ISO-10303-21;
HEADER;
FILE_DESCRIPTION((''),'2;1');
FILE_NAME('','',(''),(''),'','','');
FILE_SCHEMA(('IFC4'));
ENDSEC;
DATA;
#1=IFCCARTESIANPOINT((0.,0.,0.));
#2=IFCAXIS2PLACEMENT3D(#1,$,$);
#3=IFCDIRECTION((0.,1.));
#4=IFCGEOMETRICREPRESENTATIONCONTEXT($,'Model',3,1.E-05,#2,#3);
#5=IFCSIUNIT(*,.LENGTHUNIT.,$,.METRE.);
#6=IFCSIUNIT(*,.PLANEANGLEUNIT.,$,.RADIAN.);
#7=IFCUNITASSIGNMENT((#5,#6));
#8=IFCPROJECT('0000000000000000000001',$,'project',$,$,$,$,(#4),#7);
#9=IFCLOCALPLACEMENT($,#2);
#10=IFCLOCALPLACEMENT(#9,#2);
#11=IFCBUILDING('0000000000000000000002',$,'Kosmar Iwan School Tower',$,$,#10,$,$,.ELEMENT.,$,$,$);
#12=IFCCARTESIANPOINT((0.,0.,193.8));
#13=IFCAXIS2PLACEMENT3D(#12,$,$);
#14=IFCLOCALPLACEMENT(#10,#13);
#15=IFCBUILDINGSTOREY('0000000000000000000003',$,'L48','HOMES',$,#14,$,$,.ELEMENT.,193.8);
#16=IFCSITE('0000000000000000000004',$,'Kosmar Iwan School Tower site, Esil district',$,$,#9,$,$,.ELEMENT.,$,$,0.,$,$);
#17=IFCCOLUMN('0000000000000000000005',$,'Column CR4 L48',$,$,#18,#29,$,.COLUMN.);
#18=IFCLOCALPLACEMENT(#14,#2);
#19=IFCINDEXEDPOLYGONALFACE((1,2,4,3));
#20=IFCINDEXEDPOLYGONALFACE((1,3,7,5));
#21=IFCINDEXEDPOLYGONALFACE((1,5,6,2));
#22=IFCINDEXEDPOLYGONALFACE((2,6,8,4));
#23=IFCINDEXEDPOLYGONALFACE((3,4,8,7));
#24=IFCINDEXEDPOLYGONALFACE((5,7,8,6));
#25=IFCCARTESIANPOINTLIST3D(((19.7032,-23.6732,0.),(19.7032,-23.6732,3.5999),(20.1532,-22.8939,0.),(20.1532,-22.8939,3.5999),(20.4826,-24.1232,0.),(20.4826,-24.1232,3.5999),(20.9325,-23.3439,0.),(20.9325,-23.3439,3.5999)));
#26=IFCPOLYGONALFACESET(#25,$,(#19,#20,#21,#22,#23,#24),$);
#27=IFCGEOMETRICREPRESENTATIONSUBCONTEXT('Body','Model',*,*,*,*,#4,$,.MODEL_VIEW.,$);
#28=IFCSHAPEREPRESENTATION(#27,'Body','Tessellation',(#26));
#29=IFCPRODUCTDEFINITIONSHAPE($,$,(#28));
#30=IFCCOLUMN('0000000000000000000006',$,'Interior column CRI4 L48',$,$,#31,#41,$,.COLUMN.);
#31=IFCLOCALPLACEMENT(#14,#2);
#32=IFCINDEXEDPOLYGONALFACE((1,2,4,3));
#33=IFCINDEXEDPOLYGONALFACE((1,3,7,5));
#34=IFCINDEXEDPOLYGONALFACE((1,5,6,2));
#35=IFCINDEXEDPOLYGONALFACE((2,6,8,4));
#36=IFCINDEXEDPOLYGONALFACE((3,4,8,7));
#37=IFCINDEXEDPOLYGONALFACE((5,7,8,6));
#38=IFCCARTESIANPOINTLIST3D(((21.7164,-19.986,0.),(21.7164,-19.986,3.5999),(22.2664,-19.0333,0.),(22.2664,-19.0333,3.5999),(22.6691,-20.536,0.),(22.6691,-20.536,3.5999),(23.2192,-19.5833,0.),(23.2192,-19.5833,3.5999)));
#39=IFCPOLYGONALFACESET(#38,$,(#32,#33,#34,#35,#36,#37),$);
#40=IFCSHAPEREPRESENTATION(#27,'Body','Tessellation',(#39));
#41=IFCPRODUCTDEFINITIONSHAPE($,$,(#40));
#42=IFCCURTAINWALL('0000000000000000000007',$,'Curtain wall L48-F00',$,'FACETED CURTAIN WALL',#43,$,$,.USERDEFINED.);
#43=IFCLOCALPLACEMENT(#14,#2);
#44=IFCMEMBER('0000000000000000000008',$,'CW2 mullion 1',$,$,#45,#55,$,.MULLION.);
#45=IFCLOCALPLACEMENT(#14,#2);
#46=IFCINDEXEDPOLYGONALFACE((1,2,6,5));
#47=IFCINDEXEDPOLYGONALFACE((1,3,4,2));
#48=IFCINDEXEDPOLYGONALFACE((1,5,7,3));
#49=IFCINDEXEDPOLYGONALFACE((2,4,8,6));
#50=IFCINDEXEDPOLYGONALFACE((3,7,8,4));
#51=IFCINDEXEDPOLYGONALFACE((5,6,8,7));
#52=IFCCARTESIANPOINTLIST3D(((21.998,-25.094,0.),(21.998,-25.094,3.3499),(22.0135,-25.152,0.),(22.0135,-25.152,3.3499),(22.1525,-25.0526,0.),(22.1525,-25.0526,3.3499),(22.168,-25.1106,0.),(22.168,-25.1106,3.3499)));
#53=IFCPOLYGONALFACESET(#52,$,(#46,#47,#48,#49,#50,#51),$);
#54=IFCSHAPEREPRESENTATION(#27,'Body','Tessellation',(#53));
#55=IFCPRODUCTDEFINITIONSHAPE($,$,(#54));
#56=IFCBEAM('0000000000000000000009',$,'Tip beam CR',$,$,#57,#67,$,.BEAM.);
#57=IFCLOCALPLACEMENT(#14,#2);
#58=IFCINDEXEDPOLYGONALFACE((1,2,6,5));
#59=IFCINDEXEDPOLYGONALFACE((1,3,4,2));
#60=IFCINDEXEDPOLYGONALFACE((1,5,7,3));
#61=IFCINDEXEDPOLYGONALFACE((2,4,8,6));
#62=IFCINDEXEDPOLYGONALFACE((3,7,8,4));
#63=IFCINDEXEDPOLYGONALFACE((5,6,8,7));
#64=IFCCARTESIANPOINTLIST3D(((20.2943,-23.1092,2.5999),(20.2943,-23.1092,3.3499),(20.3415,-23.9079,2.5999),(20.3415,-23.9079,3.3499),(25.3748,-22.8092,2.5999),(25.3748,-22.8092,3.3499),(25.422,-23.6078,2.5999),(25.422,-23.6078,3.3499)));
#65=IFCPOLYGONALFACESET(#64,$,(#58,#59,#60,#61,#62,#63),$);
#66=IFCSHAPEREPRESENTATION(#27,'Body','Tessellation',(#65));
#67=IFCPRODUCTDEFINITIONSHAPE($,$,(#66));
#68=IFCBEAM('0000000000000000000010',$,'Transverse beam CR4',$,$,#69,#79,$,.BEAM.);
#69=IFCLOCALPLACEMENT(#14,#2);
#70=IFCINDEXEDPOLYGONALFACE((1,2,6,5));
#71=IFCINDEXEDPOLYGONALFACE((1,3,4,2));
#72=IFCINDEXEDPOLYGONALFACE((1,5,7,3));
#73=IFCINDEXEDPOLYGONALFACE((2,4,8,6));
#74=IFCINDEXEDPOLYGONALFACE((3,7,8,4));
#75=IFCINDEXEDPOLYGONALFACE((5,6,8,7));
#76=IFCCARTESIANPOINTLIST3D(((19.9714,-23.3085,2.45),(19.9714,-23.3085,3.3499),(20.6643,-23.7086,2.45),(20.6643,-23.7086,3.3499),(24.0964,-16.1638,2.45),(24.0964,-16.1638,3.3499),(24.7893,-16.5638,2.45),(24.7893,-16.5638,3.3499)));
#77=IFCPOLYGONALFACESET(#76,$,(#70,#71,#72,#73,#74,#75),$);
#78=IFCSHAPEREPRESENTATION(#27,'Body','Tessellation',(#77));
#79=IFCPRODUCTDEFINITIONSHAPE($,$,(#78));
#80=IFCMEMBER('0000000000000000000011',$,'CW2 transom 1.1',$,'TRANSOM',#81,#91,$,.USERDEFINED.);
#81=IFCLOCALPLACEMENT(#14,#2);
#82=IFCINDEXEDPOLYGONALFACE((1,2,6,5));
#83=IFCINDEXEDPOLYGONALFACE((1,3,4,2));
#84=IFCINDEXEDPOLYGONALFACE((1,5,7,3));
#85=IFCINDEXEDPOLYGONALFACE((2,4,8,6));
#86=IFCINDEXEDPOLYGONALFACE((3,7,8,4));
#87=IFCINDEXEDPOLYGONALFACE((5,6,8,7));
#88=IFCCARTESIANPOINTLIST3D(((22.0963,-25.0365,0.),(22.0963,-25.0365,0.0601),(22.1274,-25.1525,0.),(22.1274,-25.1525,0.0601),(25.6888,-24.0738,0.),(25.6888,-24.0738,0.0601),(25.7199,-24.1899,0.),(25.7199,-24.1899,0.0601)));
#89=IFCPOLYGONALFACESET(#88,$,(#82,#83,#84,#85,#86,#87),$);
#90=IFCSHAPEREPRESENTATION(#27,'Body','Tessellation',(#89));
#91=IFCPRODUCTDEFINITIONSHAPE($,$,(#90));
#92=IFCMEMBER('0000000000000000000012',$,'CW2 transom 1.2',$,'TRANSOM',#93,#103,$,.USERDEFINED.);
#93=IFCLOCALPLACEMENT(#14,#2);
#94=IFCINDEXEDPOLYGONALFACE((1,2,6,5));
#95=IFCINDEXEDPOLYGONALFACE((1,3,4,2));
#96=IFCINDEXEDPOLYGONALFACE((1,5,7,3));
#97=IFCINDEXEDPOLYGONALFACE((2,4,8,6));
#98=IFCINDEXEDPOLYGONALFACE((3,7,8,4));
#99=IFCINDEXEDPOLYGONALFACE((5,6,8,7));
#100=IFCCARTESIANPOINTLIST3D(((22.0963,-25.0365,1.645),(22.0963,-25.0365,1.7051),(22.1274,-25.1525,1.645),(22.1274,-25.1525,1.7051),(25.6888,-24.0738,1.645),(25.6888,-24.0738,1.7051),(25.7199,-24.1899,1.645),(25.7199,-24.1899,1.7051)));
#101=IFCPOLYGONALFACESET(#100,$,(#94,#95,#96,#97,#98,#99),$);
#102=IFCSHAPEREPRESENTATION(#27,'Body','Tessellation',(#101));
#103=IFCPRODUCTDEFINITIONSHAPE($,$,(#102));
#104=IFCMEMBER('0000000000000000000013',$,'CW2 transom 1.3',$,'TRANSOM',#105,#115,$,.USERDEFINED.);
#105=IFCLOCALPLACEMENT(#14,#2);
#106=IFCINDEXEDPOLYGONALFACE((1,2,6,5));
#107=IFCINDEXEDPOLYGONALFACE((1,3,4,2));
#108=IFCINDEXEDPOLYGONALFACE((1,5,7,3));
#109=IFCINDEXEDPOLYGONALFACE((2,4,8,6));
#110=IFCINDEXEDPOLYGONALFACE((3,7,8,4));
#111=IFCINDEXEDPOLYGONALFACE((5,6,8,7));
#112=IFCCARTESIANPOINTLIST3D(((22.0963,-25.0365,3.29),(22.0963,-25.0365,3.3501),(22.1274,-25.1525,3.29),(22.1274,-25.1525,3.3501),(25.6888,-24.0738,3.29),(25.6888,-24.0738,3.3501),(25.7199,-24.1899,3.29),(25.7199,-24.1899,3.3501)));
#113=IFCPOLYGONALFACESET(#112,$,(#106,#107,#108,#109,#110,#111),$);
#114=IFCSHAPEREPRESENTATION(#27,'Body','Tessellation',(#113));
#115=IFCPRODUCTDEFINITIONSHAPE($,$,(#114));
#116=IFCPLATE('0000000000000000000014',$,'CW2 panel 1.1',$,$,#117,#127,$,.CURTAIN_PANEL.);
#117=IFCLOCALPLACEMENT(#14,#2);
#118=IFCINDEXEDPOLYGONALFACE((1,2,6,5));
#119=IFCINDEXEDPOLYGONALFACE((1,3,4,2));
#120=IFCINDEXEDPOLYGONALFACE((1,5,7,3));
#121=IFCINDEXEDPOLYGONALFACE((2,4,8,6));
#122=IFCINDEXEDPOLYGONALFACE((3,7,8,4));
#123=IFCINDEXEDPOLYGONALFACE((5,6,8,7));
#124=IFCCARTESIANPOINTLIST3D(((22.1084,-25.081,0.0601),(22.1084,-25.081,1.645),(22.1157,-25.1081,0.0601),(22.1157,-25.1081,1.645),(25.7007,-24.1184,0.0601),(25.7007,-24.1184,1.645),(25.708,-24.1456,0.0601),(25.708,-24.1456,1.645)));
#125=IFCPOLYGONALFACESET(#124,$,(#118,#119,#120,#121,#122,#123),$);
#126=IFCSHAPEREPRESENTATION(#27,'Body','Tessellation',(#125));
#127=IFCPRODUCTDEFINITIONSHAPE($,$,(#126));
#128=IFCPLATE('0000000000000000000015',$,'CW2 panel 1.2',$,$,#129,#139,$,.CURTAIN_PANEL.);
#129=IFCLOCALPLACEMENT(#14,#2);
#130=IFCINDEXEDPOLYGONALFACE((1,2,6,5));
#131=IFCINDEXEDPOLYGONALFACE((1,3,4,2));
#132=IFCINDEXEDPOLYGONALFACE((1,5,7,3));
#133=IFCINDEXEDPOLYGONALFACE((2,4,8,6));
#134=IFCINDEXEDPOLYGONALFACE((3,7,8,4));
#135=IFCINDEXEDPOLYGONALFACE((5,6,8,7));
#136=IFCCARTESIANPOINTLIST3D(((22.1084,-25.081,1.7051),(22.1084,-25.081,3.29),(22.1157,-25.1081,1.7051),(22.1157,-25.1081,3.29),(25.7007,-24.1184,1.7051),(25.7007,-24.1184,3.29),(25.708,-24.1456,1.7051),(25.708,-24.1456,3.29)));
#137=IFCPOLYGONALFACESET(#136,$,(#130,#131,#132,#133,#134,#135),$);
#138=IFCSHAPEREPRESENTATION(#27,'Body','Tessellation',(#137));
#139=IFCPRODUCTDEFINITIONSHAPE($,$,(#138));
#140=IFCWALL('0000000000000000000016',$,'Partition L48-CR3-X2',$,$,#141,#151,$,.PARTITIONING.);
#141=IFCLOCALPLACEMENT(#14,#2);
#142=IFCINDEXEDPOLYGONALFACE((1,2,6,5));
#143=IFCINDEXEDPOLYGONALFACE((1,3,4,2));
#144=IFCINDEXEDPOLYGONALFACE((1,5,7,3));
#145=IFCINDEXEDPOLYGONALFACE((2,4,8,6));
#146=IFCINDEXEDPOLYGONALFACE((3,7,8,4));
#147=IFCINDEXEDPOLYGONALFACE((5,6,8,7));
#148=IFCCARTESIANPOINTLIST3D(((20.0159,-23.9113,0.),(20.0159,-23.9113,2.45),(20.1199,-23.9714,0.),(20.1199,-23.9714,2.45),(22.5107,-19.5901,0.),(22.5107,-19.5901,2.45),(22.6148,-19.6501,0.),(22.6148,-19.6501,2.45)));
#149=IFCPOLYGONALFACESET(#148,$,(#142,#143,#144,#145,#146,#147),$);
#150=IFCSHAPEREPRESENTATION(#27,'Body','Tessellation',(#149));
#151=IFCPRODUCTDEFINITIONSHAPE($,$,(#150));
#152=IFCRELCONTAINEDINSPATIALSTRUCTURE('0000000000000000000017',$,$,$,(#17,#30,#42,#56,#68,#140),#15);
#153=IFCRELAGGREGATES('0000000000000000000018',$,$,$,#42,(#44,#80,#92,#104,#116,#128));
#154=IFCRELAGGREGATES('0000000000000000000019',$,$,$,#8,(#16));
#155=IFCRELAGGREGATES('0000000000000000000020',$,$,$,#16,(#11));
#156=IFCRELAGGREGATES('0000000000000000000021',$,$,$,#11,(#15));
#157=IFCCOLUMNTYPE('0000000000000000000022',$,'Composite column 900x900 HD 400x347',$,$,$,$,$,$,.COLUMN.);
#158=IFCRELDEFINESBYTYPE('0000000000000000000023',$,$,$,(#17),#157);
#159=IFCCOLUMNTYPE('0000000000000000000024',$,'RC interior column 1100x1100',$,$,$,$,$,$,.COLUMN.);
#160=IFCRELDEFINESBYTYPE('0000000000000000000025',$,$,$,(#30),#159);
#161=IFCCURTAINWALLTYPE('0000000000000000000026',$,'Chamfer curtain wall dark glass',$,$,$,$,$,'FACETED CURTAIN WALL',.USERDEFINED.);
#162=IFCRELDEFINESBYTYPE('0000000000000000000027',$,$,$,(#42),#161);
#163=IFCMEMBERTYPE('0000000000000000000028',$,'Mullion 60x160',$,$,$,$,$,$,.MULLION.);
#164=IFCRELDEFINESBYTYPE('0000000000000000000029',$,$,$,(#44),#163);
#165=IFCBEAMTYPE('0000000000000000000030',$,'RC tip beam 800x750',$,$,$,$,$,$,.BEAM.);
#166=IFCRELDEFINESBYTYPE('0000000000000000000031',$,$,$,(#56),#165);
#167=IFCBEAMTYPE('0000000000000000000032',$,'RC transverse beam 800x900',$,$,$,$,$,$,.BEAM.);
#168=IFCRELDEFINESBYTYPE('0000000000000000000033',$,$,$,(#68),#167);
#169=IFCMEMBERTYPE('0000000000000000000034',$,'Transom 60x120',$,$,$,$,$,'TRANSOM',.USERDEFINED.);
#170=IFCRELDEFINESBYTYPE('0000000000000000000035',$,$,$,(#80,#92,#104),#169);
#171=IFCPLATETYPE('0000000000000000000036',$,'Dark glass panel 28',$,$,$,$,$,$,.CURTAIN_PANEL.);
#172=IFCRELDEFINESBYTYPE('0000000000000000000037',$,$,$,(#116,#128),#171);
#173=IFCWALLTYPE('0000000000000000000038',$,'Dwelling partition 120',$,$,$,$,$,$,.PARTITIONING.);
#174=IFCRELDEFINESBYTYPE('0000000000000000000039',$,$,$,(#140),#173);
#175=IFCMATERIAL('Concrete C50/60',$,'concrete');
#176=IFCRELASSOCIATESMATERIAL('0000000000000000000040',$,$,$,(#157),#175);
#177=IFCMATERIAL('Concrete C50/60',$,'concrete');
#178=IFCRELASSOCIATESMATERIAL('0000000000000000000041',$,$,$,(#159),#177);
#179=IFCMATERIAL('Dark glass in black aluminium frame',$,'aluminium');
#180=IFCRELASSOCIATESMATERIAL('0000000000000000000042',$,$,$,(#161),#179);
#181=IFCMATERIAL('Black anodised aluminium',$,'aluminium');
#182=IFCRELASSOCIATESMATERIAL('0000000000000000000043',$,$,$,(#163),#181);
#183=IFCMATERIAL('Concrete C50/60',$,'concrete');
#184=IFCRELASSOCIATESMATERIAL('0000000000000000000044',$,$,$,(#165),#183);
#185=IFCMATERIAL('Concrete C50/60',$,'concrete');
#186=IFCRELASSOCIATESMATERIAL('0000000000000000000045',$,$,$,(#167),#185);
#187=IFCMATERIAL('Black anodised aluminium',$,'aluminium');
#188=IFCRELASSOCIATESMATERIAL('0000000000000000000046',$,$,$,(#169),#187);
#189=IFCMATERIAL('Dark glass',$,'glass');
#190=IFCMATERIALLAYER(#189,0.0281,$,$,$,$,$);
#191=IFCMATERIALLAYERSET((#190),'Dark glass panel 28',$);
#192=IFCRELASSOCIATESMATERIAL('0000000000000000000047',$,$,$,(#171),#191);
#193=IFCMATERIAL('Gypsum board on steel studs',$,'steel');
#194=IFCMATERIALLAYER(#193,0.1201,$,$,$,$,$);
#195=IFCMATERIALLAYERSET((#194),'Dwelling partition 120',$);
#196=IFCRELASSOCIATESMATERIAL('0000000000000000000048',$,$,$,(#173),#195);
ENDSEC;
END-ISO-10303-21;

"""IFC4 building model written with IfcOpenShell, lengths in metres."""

from ifc_helpers import new_model, si_unit, direction, frame, frame_2d, origin, origin_2d, place, context, subcontext, project, spatial, rectangle, extrude, material, layer, layer_set, material_profile, profile_set, type_object, element, aggregate, save


model = new_model("IFC4")

# Units and contexts
model_context = context("Model", 3, precision=1e-05, world=origin(), true_north=direction((0.0, 1.0)))
body_context = subcontext(model_context, "Body", "Model", "MODEL_VIEW")
ifc_project = project(units=[si_unit("LENGTHUNIT", "METRE"), si_unit("PLANEANGLEUNIT", "RADIAN")], contexts=[model_context])

# Site, building, storey
site_placement = place(None, origin())
site = spatial("IfcSite", under=ifc_project, at=site_placement, Name="Kosmar Iwan School Tower site, Esil district", CompositionType="ELEMENT", RefElevation=0.0)
building_placement = place(site_placement, origin())
building = spatial("IfcBuilding", under=site, at=building_placement, Name="Kosmar Iwan School Tower", CompositionType="ELEMENT")
storey_placement = place(building_placement, frame((0.0, 0.0, 193.8)))
storey = spatial("IfcBuildingStorey", under=building, at=storey_placement, Name="L48", Description="HOMES", CompositionType="ELEMENT", Elevation=193.8)

# Columns
ifc_material_1 = material(Name="Concrete C50/60", Category="concrete")
ifc_material_profile_1 = material_profile(ifc_material_1, rectangle(XDim=0.8999, YDim=0.8999, at=origin_2d()), Name="RC 900x900 + HD 400x347")
ifc_profile_set_1 = profile_set([ifc_material_profile_1], Name="Concrete C50/60")
column_type_1 = type_object("IfcColumnType", Name="Composite column 900x900 HD 400x347", PredefinedType="COLUMN", material=ifc_profile_set_1)
column_1_placement = place(storey_placement, frame((20.3179, -23.5085, 0.0), z_axis=(0.0, 0.0, 1.0), x_axis=(0.866025, -0.5, 0.0)))
element("IfcColumn", 1, at=column_1_placement, inside=storey, type_object=column_type_1, Name="Column CR4 L48", PredefinedType="COLUMN", context=body_context, shape_type="SweptSolid", body=[
    extrude(rectangle(XDim=0.8999, YDim=0.8999, at=origin_2d()), origin(), (0.0, 0.0, 1.0), 3.5999),
])
ifc_material_2 = material(Name="Concrete C50/60", Category="concrete")
ifc_material_profile_2 = material_profile(ifc_material_2, rectangle(XDim=1.1001, YDim=1.1001, at=origin_2d()), Name="RC 1100x1100")
ifc_profile_set_2 = profile_set([ifc_material_profile_2], Name="Concrete C50/60")
column_type_2 = type_object("IfcColumnType", Name="RC interior column 1100x1100", PredefinedType="COLUMN", material=ifc_profile_set_2)
column_2_placement = place(storey_placement, frame((22.4678, -19.7847, 0.0), z_axis=(0.0, 0.0, 1.0), x_axis=(0.866025, -0.5, 0.0)))
element("IfcColumn", 2, at=column_2_placement, inside=storey, type_object=column_type_2, Name="Interior column CRI4 L48", PredefinedType="COLUMN", context=body_context, shape_type="SweptSolid", body=[
    extrude(rectangle(XDim=1.1001, YDim=1.1001, at=origin_2d()), origin(), (0.0, 0.0, 1.0), 3.5999),
])

# Curtain wall, member
ifc_material_3 = material(Name="Dark glass in black aluminium frame", Category="aluminium")
curtain_wall_type = type_object("IfcCurtainWallType", Name="Chamfer curtain wall dark glass", ElementType="FACETED CURTAIN WALL", PredefinedType="USERDEFINED", material=ifc_material_3)
curtain_wall_placement = place(storey_placement, origin())
curtain_wall = element("IfcCurtainWall", 3, at=curtain_wall_placement, inside=storey, type_object=curtain_wall_type, Name="Curtain wall L48-F00", ObjectType="FACETED CURTAIN WALL", PredefinedType="USERDEFINED")
ifc_material_4 = material(Name="Black anodised aluminium", Category="aluminium")
ifc_material_profile_3 = material_profile(ifc_material_4, rectangle(XDim=0.0601, YDim=0.1599, at=origin_2d()), Name="MULLION 60x160")
ifc_profile_set_3 = profile_set([ifc_material_profile_3], Name="Black anodised aluminium")
member_type_1 = type_object("IfcMemberType", Name="Mullion 60x160", PredefinedType="MULLION", material=ifc_profile_set_3)
member_1_placement = place(storey_placement, frame((22.083, -25.1023, 0.0), z_axis=(0.0, 0.0, 1.0), x_axis=(-0.258819, 0.965926, 0.0)))
member_1 = element("IfcMember", 4, at=member_1_placement, type_object=member_type_1, Name="CW2 mullion 1", PredefinedType="MULLION", context=body_context, shape_type="SweptSolid", body=[
    extrude(rectangle(XDim=0.0601, YDim=0.1599, at=origin_2d()), origin(), (0.0, 0.0, 1.0), 3.3499),
])

# Beams
ifc_material_5 = material(Name="Concrete C50/60", Category="concrete")
ifc_material_profile_4 = material_profile(ifc_material_5, rectangle(XDim=0.8, YDim=0.75, at=origin_2d()), Name="RC 800x750")
ifc_profile_set_4 = profile_set([ifc_material_profile_4], Name="Concrete C50/60")
beam_type_1 = type_object("IfcBeamType", Name="RC tip beam 800x750", PredefinedType="BEAM", material=ifc_profile_set_4)
beam_1_placement = place(storey_placement, frame((20.3179, -23.5085, 2.9749), z_axis=(0.998261, 0.058955, 0.0), x_axis=(-0.058955, 0.998261, 0.0)))
element("IfcBeam", 5, at=beam_1_placement, inside=storey, type_object=beam_type_1, Name="Tip beam CR", PredefinedType="BEAM", context=body_context, shape_type="SweptSolid", body=[
    extrude(rectangle(XDim=0.8, YDim=0.75, at=origin_2d()), origin(), (0.0, 0.0, 1.0), 5.0894),
])
ifc_material_6 = material(Name="Concrete C50/60", Category="concrete")
ifc_material_profile_5 = material_profile(ifc_material_6, rectangle(XDim=0.8, YDim=0.8999, at=origin_2d()), Name="RC 800x900")
ifc_profile_set_5 = profile_set([ifc_material_profile_5], Name="Concrete C50/60")
beam_type_2 = type_object("IfcBeamType", Name="RC transverse beam 800x900", PredefinedType="BEAM", material=ifc_profile_set_5)
beam_2_placement = place(storey_placement, frame((20.3179, -23.5085, 2.8999), z_axis=(0.499997, 0.866027, 0.0), x_axis=(-0.866027, 0.499997, 0.0)))
element("IfcBeam", 6, at=beam_2_placement, inside=storey, type_object=beam_type_2, Name="Transverse beam CR4", PredefinedType="BEAM", context=body_context, shape_type="SweptSolid", body=[
    extrude(rectangle(XDim=0.8, YDim=0.8999, at=origin_2d()), origin(), (0.0, 0.0, 1.0), 8.25),
])

# Members
ifc_material_7 = material(Name="Black anodised aluminium", Category="aluminium")
ifc_material_profile_6 = material_profile(ifc_material_7, rectangle(XDim=0.1201, YDim=0.0601, at=origin_2d()), Name="TRANSOM 60x120")
ifc_profile_set_6 = profile_set([ifc_material_profile_6], Name="Black anodised aluminium")
member_type_2 = type_object("IfcMemberType", Name="Transom 60x120", ElementType="TRANSOM", PredefinedType="USERDEFINED", material=ifc_profile_set_6)
member_2_placement = place(storey_placement, frame((22.1118, -25.0945, 0.03), z_axis=(0.965924, 0.258827, 0.0), x_axis=(-0.258827, 0.965924, 0.0)))
member_2 = element("IfcMember", 7, at=member_2_placement, type_object=member_type_2, Name="CW2 transom 1.1", ObjectType="TRANSOM", PredefinedType="USERDEFINED", context=body_context, shape_type="SweptSolid", body=[
    extrude(rectangle(XDim=0.1201, YDim=0.0601, at=origin_2d()), origin(), (0.0, 0.0, 1.0), 3.7192),
])
member_3_placement = place(storey_placement, frame((22.1118, -25.0945, 1.675), z_axis=(0.965924, 0.258827, 0.0), x_axis=(-0.258827, 0.965924, 0.0)))
member_3 = element("IfcMember", 8, at=member_3_placement, type_object=member_type_2, Name="CW2 transom 1.2", ObjectType="TRANSOM", PredefinedType="USERDEFINED", context=body_context, shape_type="SweptSolid", body=[
    extrude(rectangle(XDim=0.1201, YDim=0.0601, at=origin_2d()), origin(), (0.0, 0.0, 1.0), 3.7192),
])
member_4_placement = place(storey_placement, frame((22.1118, -25.0945, 3.3201), z_axis=(0.965924, 0.258827, 0.0), x_axis=(-0.258827, 0.965924, 0.0)))
member_4 = element("IfcMember", 9, at=member_4_placement, type_object=member_type_2, Name="CW2 transom 1.3", ObjectType="TRANSOM", PredefinedType="USERDEFINED", context=body_context, shape_type="SweptSolid", body=[
    extrude(rectangle(XDim=0.1201, YDim=0.0601, at=origin_2d()), origin(), (0.0, 0.0, 1.0), 3.7192),
])

# Plates
ifc_material_8 = material(Name="Dark glass", Category="glass")
ifc_layer_1 = layer(ifc_material_8, 0.0281)
ifc_layer_set_1 = layer_set([ifc_layer_1], Name="Dark glass panel 28")
plate_type = type_object("IfcPlateType", Name="Dark glass panel 28", PredefinedType="CURTAIN_PANEL", material=ifc_layer_set_1)
plate_1_placement = place(storey_placement, frame((23.9082, -24.6133, 0.0601), z_axis=(0.0, 0.0, 1.0), x_axis=(0.965926, 0.258819, 0.0)))
plate_1 = element("IfcPlate", 10, at=plate_1_placement, type_object=plate_type, Name="CW2 panel 1.1", PredefinedType="CURTAIN_PANEL", context=body_context, shape_type="SweptSolid", body=[
    extrude(rectangle(XDim=3.719, YDim=0.0281, at=origin_2d()), origin(), (0.0, 0.0, 1.0), 1.585),
])
plate_2_placement = place(storey_placement, frame((23.9082, -24.6133, 1.7051), z_axis=(0.0, 0.0, 1.0), x_axis=(0.965926, 0.258819, 0.0)))
plate_2 = element("IfcPlate", 11, at=plate_2_placement, type_object=plate_type, Name="CW2 panel 1.2", PredefinedType="CURTAIN_PANEL", context=body_context, shape_type="SweptSolid", body=[
    extrude(rectangle(XDim=3.719, YDim=0.0281, at=origin_2d()), origin(), (0.0, 0.0, 1.0), 1.585),
])
aggregate(curtain_wall, [member_1, member_2, member_3, member_4, plate_1, plate_2])

# Wall
ifc_material_9 = material(Name="Gypsum board on steel studs", Category="steel")
ifc_layer_2 = layer(ifc_material_9, 0.1201)
ifc_layer_set_2 = layer_set([ifc_layer_2], Name="Dwelling partition 120")
wall_type = type_object("IfcWallType", Name="Dwelling partition 120", PredefinedType="PARTITIONING", material=ifc_layer_set_2)
wall_placement = place(storey_placement, frame((22.5627, -19.6201, 0.0), z_axis=(0.0, 0.0, 1.0), x_axis=(-0.499996, -0.866028, 0.0)))
element("IfcWall", 12, at=wall_placement, inside=storey, type_object=wall_type, Name="Partition L48-CR3-X2", PredefinedType="PARTITIONING", context=body_context, shape_type="SweptSolid", body=[
    extrude(rectangle(XDim=4.9897, YDim=0.1201, at=frame_2d((2.4949, 0.0))), origin(), (0.0, 0.0, 1.0), 2.45),
])

save(model, "model.ifc")
